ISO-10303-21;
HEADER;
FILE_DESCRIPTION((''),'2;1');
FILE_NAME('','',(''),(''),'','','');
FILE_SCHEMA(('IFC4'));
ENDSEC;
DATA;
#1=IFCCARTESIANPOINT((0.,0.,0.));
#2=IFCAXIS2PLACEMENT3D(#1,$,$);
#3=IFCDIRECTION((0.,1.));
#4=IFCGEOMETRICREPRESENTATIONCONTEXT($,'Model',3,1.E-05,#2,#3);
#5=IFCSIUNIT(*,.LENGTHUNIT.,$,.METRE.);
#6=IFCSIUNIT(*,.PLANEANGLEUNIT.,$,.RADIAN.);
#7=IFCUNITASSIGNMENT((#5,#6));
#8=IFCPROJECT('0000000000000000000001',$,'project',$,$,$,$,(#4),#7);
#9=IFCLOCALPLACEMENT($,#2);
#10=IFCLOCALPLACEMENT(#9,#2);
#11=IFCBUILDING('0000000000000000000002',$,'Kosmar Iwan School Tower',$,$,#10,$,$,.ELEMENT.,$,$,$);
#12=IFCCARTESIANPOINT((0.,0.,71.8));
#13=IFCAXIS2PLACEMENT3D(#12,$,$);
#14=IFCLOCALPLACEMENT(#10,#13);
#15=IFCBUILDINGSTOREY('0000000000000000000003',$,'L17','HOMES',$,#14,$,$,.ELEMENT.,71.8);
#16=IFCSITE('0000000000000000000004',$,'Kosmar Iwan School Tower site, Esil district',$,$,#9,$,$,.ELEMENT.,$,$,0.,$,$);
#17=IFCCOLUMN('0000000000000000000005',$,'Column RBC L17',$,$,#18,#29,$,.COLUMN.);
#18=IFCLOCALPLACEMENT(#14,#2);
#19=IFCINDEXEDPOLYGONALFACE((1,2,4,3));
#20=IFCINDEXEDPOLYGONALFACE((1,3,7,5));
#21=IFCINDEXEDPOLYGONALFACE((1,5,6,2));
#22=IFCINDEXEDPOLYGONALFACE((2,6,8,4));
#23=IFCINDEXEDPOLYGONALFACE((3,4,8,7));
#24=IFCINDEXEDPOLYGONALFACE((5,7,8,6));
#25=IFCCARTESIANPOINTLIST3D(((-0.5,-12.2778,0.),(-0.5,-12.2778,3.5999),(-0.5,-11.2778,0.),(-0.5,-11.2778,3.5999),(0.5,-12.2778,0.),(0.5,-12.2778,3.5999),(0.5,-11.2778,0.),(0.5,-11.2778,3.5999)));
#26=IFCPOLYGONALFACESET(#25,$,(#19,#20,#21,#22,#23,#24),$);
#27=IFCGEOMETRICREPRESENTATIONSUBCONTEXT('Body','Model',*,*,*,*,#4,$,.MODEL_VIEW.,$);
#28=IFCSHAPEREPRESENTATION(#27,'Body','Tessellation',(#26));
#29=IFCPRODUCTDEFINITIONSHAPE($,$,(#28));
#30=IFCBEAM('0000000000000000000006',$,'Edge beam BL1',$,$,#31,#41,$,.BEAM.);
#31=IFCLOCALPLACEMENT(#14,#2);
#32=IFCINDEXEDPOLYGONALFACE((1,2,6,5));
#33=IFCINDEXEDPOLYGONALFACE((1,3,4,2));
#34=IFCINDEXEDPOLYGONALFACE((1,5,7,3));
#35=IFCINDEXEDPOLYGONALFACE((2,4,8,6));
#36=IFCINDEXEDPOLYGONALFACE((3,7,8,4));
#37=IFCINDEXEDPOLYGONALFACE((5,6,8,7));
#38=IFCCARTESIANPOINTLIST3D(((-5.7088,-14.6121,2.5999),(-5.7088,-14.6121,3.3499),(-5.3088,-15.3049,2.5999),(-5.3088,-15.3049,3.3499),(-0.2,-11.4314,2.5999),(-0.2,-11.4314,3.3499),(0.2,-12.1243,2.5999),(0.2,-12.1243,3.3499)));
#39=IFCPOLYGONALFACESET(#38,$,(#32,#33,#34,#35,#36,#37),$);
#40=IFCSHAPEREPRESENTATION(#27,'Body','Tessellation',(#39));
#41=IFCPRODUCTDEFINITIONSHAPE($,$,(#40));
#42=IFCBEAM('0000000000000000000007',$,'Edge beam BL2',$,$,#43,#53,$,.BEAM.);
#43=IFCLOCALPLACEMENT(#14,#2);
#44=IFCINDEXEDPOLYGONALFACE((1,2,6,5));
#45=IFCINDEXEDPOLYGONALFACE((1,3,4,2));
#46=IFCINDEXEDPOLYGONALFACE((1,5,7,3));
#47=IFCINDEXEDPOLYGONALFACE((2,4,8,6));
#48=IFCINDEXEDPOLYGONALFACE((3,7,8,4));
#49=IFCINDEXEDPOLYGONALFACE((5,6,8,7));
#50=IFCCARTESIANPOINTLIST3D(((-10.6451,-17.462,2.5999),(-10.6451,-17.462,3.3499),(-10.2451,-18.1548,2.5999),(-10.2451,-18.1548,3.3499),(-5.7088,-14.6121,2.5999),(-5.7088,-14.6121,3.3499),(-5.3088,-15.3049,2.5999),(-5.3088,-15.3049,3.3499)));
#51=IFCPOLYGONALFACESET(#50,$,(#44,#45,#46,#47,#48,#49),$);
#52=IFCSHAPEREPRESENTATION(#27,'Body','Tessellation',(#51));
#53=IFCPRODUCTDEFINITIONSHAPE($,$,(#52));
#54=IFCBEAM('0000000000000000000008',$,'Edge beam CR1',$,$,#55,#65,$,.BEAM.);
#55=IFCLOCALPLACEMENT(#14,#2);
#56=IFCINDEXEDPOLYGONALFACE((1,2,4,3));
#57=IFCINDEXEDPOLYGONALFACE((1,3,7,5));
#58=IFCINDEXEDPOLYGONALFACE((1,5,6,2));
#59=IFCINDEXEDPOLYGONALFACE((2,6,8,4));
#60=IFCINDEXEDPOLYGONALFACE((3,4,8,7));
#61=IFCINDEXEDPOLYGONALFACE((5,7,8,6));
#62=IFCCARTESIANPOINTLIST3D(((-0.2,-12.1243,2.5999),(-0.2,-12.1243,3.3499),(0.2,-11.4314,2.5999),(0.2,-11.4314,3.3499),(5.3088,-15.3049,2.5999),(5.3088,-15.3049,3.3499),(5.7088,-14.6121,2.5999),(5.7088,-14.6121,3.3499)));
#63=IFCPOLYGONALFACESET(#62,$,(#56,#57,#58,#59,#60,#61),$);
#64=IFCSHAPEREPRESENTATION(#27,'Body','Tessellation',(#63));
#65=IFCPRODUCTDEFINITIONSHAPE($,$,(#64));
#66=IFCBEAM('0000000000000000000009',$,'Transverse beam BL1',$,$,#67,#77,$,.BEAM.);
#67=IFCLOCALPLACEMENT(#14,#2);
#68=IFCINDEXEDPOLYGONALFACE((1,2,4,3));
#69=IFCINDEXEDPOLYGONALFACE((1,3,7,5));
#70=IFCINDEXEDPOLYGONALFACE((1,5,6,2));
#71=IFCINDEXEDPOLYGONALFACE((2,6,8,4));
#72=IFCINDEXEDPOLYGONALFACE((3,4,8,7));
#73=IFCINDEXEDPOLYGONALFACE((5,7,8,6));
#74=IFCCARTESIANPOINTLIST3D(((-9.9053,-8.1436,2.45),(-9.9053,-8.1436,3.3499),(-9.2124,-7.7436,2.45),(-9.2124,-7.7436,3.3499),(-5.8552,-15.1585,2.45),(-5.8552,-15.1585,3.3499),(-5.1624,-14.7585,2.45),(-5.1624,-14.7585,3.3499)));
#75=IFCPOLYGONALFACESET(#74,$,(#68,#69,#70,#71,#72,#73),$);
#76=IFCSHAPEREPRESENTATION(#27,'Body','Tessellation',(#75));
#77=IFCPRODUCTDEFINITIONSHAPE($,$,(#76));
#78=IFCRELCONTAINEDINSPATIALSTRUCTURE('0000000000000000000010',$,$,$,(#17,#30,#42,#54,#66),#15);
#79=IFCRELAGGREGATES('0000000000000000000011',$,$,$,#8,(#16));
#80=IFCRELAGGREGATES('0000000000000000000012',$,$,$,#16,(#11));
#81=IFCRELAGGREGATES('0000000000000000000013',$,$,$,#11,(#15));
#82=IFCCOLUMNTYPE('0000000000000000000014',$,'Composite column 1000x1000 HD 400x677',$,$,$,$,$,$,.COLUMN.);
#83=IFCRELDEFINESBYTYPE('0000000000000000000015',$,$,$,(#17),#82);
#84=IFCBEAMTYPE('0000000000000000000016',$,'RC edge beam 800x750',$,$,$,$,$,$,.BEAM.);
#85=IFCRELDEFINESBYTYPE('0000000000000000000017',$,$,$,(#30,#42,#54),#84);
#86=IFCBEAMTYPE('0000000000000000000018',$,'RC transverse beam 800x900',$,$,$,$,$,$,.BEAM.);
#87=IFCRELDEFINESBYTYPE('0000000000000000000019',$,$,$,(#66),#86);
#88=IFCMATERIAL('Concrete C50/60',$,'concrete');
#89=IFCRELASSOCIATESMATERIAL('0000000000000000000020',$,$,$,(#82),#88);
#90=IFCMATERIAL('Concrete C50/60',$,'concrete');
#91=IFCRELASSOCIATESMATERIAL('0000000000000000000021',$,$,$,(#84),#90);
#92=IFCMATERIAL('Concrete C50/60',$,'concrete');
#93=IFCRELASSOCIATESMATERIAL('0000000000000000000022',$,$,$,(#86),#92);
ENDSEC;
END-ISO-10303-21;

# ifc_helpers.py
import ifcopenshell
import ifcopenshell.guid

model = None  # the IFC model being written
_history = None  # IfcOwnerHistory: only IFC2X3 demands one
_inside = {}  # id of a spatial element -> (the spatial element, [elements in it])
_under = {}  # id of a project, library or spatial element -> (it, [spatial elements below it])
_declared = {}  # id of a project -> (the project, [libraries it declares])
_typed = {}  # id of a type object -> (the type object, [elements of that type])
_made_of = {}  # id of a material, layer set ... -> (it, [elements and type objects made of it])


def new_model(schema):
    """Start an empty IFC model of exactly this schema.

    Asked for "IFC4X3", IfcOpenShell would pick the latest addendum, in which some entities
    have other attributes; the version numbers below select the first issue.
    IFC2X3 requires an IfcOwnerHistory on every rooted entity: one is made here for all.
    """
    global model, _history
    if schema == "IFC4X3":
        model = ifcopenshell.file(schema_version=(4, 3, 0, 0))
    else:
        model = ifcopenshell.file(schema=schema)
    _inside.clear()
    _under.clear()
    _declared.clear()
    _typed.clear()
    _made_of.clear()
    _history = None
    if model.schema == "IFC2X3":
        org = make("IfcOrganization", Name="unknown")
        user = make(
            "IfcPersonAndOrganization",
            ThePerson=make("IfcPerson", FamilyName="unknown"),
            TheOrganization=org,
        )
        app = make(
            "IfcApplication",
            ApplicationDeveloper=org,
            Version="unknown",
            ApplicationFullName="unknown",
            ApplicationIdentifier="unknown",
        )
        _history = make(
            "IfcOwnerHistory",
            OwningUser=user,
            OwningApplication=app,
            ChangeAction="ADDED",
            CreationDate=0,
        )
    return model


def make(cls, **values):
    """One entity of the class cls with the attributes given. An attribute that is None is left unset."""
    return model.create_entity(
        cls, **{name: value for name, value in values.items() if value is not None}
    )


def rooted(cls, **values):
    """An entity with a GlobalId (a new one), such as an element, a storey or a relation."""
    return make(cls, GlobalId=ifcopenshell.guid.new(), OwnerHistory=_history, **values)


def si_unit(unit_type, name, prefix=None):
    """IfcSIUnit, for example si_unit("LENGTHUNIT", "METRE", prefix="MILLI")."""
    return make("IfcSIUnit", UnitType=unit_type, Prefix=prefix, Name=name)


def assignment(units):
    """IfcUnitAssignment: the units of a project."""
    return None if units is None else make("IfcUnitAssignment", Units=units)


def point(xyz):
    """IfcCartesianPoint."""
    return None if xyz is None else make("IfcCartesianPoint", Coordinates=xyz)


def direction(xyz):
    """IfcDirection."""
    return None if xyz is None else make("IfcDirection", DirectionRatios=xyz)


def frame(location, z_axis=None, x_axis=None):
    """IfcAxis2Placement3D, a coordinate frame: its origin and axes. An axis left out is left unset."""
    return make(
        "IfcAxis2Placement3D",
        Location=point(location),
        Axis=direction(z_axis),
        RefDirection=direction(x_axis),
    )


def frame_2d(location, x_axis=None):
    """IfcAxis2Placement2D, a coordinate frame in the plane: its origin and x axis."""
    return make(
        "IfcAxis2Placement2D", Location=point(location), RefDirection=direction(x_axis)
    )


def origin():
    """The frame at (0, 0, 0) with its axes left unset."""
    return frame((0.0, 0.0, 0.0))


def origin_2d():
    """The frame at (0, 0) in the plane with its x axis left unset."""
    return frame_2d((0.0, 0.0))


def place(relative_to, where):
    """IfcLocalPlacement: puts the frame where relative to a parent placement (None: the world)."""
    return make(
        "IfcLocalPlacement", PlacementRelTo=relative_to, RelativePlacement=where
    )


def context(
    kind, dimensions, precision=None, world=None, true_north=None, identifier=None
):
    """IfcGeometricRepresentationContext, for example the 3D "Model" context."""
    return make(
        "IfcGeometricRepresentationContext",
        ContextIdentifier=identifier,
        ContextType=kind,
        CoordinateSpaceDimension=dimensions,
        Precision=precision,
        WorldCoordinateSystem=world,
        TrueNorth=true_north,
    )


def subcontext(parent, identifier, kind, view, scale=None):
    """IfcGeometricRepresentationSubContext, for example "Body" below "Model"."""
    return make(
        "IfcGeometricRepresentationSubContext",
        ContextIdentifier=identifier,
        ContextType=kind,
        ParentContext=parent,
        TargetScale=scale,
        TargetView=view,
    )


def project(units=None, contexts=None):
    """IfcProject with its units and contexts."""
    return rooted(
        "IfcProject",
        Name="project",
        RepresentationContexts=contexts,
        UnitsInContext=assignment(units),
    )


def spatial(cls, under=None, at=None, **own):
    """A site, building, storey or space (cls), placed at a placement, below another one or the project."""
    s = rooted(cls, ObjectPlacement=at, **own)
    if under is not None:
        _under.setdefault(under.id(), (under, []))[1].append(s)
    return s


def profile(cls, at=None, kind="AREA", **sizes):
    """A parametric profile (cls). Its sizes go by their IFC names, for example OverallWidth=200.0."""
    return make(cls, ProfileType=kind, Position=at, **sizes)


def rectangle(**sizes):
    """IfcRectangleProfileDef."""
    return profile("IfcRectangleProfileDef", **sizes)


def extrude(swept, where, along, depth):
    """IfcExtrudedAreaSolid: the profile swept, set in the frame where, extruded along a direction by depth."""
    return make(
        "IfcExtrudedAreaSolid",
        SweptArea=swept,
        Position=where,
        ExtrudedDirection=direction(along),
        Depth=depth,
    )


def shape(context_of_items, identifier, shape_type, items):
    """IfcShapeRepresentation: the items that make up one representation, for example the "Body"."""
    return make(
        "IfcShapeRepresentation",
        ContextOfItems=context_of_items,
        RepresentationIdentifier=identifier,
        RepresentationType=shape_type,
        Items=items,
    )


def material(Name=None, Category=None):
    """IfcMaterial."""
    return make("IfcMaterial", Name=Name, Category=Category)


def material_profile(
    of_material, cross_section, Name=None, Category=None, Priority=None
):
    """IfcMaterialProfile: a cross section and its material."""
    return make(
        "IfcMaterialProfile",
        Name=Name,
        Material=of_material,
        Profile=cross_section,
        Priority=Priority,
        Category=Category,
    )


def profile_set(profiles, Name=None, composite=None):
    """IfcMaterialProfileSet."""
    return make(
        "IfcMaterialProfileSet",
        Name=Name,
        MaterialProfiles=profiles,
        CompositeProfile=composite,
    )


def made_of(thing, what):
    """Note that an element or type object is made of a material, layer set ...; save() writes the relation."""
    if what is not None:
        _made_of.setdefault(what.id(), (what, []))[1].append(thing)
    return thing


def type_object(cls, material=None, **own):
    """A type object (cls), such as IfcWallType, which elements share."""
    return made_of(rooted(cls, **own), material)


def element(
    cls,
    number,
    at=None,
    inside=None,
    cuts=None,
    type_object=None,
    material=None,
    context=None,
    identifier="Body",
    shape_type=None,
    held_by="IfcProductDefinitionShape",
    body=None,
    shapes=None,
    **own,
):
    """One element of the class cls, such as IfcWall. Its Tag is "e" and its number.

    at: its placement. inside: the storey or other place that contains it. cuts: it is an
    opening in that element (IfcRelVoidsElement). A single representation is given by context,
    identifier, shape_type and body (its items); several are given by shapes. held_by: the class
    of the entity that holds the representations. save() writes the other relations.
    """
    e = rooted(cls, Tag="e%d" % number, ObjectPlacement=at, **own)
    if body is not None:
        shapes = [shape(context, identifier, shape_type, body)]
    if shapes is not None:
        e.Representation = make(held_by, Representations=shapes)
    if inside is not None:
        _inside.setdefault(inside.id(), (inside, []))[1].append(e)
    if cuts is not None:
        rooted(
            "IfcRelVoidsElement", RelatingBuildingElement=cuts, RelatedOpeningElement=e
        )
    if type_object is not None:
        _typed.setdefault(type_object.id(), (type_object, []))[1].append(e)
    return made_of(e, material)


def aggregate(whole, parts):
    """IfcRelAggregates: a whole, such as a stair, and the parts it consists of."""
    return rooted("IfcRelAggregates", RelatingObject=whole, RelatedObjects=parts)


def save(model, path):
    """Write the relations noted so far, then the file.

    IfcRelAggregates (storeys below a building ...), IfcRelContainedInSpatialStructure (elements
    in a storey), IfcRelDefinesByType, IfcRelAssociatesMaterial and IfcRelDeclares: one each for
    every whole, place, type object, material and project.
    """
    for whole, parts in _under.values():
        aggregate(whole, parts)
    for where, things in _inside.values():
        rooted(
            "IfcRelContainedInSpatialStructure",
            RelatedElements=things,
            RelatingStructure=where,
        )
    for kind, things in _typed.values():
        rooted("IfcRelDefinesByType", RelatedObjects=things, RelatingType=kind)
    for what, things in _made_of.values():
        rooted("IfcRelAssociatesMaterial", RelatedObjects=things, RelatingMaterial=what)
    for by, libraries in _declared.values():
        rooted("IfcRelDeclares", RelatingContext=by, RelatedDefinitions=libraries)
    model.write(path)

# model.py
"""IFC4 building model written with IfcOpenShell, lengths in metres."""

from ifc_helpers import new_model, si_unit, direction, frame, origin, origin_2d, place, context, subcontext, project, spatial, rectangle, extrude, material, material_profile, profile_set, type_object, element, save


model = new_model("IFC4")

# Units and contexts
model_context = context("Model", 3, precision=1e-05, world=origin(), true_north=direction((0.0, 1.0)))
body_context = subcontext(model_context, "Body", "Model", "MODEL_VIEW")
ifc_project = project(units=[si_unit("LENGTHUNIT", "METRE"), si_unit("PLANEANGLEUNIT", "RADIAN")], contexts=[model_context])

# Site, building, storey
site_placement = place(None, origin())
site = spatial("IfcSite", under=ifc_project, at=site_placement, Name="Kosmar Iwan School Tower site, Esil district", CompositionType="ELEMENT", RefElevation=0.0)
building_placement = place(site_placement, origin())
building = spatial("IfcBuilding", under=site, at=building_placement, Name="Kosmar Iwan School Tower", CompositionType="ELEMENT")
storey_placement = place(building_placement, frame((0.0, 0.0, 71.8)))
storey = spatial("IfcBuildingStorey", under=building, at=storey_placement, Name="L17", Description="HOMES", CompositionType="ELEMENT", Elevation=71.8)

# Column
ifc_material_1 = material(Name="Concrete C50/60", Category="concrete")
ifc_material_profile_1 = material_profile(ifc_material_1, rectangle(XDim=1.0, YDim=1.0, at=origin_2d()), Name="RC 1000x1000 + HD 400x677")
ifc_profile_set_1 = profile_set([ifc_material_profile_1], Name="Concrete C50/60")
column_type = type_object("IfcColumnType", Name="Composite column 1000x1000 HD 400x677", PredefinedType="COLUMN", material=ifc_profile_set_1)
column_placement = place(storey_placement, frame((0.0, -11.7778, 0.0), z_axis=(0.0, 0.0, 1.0), x_axis=(1.0, 0.0, 0.0)))
element("IfcColumn", 1, at=column_placement, inside=storey, type_object=column_type, Name="Column RBC L17", PredefinedType="COLUMN", context=body_context, shape_type="SweptSolid", body=[
    extrude(rectangle(XDim=1.0, YDim=1.0, at=origin_2d()), origin(), (0.0, 0.0, 1.0), 3.5999),
])

# Beams
ifc_material_2 = material(Name="Concrete C50/60", Category="concrete")
ifc_material_profile_2 = material_profile(ifc_material_2, rectangle(XDim=0.8, YDim=0.75, at=origin_2d()), Name="RC 800x750")
ifc_profile_set_2 = profile_set([ifc_material_profile_2], Name="Concrete C50/60")
beam_type_1 = type_object("IfcBeamType", Name="RC edge beam 800x750", PredefinedType="BEAM", material=ifc_profile_set_2)
beam_1_placement = place(storey_placement, frame((0.0, -11.7778, 2.9749), z_axis=(-0.866014, -0.500019, 0.0), x_axis=(0.500019, -0.866014, 0.0)))
element("IfcBeam", 2, at=beam_1_placement, inside=storey, type_object=beam_type_1, Name="Edge beam BL1", PredefinedType="BEAM", context=body_context, shape_type="SweptSolid", body=[
    extrude(rectangle(XDim=0.8, YDim=0.75, at=origin_2d()), origin(), (0.0, 0.0, 1.0), 6.3611),
])
beam_2_placement = place(storey_placement, frame((-5.5088, -14.9585, 2.9749), z_axis=(-0.866034, -0.499986, 0.0), x_axis=(0.499986, -0.866034, 0.0)))
element("IfcBeam", 3, at=beam_2_placement, inside=storey, type_object=beam_type_1, Name="Edge beam BL2", PredefinedType="BEAM", context=body_context, shape_type="SweptSolid", body=[
    extrude(rectangle(XDim=0.8, YDim=0.75, at=origin_2d()), origin(), (0.0, 0.0, 1.0), 5.7),
])
beam_3_placement = place(storey_placement, frame((0.0, -11.7778, 2.9749), z_axis=(0.866014, -0.500019, 0.0), x_axis=(0.500019, 0.866014, 0.0)))
element("IfcBeam", 4, at=beam_3_placement, inside=storey, type_object=beam_type_1, Name="Edge beam CR1", PredefinedType="BEAM", context=body_context, shape_type="SweptSolid", body=[
    extrude(rectangle(XDim=0.8, YDim=0.75, at=origin_2d()), origin(), (0.0, 0.0, 1.0), 6.3611),
])
ifc_material_3 = material(Name="Concrete C50/60", Category="concrete")
ifc_material_profile_3 = material_profile(ifc_material_3, rectangle(XDim=0.8, YDim=0.8999, at=origin_2d()), Name="RC 800x900")
ifc_profile_set_3 = profile_set([ifc_material_profile_3], Name="Concrete C50/60")
beam_type_2 = type_object("IfcBeamType", Name="RC transverse beam 800x900", PredefinedType="BEAM", material=ifc_profile_set_3)
beam_4_placement = place(storey_placement, frame((-5.5088, -14.9585, 2.8999), z_axis=(-0.5, 0.866025, 0.0), x_axis=(-0.866025, -0.5, 0.0)))
element("IfcBeam", 5, at=beam_4_placement, inside=storey, type_object=beam_type_2, Name="Transverse beam BL1", PredefinedType="BEAM", context=body_context, shape_type="SweptSolid", body=[
    extrude(rectangle(XDim=0.8, YDim=0.8999, at=origin_2d()), origin(), (0.0, 0.0, 1.0), 8.1001),
])

save(model, "model.ifc")
